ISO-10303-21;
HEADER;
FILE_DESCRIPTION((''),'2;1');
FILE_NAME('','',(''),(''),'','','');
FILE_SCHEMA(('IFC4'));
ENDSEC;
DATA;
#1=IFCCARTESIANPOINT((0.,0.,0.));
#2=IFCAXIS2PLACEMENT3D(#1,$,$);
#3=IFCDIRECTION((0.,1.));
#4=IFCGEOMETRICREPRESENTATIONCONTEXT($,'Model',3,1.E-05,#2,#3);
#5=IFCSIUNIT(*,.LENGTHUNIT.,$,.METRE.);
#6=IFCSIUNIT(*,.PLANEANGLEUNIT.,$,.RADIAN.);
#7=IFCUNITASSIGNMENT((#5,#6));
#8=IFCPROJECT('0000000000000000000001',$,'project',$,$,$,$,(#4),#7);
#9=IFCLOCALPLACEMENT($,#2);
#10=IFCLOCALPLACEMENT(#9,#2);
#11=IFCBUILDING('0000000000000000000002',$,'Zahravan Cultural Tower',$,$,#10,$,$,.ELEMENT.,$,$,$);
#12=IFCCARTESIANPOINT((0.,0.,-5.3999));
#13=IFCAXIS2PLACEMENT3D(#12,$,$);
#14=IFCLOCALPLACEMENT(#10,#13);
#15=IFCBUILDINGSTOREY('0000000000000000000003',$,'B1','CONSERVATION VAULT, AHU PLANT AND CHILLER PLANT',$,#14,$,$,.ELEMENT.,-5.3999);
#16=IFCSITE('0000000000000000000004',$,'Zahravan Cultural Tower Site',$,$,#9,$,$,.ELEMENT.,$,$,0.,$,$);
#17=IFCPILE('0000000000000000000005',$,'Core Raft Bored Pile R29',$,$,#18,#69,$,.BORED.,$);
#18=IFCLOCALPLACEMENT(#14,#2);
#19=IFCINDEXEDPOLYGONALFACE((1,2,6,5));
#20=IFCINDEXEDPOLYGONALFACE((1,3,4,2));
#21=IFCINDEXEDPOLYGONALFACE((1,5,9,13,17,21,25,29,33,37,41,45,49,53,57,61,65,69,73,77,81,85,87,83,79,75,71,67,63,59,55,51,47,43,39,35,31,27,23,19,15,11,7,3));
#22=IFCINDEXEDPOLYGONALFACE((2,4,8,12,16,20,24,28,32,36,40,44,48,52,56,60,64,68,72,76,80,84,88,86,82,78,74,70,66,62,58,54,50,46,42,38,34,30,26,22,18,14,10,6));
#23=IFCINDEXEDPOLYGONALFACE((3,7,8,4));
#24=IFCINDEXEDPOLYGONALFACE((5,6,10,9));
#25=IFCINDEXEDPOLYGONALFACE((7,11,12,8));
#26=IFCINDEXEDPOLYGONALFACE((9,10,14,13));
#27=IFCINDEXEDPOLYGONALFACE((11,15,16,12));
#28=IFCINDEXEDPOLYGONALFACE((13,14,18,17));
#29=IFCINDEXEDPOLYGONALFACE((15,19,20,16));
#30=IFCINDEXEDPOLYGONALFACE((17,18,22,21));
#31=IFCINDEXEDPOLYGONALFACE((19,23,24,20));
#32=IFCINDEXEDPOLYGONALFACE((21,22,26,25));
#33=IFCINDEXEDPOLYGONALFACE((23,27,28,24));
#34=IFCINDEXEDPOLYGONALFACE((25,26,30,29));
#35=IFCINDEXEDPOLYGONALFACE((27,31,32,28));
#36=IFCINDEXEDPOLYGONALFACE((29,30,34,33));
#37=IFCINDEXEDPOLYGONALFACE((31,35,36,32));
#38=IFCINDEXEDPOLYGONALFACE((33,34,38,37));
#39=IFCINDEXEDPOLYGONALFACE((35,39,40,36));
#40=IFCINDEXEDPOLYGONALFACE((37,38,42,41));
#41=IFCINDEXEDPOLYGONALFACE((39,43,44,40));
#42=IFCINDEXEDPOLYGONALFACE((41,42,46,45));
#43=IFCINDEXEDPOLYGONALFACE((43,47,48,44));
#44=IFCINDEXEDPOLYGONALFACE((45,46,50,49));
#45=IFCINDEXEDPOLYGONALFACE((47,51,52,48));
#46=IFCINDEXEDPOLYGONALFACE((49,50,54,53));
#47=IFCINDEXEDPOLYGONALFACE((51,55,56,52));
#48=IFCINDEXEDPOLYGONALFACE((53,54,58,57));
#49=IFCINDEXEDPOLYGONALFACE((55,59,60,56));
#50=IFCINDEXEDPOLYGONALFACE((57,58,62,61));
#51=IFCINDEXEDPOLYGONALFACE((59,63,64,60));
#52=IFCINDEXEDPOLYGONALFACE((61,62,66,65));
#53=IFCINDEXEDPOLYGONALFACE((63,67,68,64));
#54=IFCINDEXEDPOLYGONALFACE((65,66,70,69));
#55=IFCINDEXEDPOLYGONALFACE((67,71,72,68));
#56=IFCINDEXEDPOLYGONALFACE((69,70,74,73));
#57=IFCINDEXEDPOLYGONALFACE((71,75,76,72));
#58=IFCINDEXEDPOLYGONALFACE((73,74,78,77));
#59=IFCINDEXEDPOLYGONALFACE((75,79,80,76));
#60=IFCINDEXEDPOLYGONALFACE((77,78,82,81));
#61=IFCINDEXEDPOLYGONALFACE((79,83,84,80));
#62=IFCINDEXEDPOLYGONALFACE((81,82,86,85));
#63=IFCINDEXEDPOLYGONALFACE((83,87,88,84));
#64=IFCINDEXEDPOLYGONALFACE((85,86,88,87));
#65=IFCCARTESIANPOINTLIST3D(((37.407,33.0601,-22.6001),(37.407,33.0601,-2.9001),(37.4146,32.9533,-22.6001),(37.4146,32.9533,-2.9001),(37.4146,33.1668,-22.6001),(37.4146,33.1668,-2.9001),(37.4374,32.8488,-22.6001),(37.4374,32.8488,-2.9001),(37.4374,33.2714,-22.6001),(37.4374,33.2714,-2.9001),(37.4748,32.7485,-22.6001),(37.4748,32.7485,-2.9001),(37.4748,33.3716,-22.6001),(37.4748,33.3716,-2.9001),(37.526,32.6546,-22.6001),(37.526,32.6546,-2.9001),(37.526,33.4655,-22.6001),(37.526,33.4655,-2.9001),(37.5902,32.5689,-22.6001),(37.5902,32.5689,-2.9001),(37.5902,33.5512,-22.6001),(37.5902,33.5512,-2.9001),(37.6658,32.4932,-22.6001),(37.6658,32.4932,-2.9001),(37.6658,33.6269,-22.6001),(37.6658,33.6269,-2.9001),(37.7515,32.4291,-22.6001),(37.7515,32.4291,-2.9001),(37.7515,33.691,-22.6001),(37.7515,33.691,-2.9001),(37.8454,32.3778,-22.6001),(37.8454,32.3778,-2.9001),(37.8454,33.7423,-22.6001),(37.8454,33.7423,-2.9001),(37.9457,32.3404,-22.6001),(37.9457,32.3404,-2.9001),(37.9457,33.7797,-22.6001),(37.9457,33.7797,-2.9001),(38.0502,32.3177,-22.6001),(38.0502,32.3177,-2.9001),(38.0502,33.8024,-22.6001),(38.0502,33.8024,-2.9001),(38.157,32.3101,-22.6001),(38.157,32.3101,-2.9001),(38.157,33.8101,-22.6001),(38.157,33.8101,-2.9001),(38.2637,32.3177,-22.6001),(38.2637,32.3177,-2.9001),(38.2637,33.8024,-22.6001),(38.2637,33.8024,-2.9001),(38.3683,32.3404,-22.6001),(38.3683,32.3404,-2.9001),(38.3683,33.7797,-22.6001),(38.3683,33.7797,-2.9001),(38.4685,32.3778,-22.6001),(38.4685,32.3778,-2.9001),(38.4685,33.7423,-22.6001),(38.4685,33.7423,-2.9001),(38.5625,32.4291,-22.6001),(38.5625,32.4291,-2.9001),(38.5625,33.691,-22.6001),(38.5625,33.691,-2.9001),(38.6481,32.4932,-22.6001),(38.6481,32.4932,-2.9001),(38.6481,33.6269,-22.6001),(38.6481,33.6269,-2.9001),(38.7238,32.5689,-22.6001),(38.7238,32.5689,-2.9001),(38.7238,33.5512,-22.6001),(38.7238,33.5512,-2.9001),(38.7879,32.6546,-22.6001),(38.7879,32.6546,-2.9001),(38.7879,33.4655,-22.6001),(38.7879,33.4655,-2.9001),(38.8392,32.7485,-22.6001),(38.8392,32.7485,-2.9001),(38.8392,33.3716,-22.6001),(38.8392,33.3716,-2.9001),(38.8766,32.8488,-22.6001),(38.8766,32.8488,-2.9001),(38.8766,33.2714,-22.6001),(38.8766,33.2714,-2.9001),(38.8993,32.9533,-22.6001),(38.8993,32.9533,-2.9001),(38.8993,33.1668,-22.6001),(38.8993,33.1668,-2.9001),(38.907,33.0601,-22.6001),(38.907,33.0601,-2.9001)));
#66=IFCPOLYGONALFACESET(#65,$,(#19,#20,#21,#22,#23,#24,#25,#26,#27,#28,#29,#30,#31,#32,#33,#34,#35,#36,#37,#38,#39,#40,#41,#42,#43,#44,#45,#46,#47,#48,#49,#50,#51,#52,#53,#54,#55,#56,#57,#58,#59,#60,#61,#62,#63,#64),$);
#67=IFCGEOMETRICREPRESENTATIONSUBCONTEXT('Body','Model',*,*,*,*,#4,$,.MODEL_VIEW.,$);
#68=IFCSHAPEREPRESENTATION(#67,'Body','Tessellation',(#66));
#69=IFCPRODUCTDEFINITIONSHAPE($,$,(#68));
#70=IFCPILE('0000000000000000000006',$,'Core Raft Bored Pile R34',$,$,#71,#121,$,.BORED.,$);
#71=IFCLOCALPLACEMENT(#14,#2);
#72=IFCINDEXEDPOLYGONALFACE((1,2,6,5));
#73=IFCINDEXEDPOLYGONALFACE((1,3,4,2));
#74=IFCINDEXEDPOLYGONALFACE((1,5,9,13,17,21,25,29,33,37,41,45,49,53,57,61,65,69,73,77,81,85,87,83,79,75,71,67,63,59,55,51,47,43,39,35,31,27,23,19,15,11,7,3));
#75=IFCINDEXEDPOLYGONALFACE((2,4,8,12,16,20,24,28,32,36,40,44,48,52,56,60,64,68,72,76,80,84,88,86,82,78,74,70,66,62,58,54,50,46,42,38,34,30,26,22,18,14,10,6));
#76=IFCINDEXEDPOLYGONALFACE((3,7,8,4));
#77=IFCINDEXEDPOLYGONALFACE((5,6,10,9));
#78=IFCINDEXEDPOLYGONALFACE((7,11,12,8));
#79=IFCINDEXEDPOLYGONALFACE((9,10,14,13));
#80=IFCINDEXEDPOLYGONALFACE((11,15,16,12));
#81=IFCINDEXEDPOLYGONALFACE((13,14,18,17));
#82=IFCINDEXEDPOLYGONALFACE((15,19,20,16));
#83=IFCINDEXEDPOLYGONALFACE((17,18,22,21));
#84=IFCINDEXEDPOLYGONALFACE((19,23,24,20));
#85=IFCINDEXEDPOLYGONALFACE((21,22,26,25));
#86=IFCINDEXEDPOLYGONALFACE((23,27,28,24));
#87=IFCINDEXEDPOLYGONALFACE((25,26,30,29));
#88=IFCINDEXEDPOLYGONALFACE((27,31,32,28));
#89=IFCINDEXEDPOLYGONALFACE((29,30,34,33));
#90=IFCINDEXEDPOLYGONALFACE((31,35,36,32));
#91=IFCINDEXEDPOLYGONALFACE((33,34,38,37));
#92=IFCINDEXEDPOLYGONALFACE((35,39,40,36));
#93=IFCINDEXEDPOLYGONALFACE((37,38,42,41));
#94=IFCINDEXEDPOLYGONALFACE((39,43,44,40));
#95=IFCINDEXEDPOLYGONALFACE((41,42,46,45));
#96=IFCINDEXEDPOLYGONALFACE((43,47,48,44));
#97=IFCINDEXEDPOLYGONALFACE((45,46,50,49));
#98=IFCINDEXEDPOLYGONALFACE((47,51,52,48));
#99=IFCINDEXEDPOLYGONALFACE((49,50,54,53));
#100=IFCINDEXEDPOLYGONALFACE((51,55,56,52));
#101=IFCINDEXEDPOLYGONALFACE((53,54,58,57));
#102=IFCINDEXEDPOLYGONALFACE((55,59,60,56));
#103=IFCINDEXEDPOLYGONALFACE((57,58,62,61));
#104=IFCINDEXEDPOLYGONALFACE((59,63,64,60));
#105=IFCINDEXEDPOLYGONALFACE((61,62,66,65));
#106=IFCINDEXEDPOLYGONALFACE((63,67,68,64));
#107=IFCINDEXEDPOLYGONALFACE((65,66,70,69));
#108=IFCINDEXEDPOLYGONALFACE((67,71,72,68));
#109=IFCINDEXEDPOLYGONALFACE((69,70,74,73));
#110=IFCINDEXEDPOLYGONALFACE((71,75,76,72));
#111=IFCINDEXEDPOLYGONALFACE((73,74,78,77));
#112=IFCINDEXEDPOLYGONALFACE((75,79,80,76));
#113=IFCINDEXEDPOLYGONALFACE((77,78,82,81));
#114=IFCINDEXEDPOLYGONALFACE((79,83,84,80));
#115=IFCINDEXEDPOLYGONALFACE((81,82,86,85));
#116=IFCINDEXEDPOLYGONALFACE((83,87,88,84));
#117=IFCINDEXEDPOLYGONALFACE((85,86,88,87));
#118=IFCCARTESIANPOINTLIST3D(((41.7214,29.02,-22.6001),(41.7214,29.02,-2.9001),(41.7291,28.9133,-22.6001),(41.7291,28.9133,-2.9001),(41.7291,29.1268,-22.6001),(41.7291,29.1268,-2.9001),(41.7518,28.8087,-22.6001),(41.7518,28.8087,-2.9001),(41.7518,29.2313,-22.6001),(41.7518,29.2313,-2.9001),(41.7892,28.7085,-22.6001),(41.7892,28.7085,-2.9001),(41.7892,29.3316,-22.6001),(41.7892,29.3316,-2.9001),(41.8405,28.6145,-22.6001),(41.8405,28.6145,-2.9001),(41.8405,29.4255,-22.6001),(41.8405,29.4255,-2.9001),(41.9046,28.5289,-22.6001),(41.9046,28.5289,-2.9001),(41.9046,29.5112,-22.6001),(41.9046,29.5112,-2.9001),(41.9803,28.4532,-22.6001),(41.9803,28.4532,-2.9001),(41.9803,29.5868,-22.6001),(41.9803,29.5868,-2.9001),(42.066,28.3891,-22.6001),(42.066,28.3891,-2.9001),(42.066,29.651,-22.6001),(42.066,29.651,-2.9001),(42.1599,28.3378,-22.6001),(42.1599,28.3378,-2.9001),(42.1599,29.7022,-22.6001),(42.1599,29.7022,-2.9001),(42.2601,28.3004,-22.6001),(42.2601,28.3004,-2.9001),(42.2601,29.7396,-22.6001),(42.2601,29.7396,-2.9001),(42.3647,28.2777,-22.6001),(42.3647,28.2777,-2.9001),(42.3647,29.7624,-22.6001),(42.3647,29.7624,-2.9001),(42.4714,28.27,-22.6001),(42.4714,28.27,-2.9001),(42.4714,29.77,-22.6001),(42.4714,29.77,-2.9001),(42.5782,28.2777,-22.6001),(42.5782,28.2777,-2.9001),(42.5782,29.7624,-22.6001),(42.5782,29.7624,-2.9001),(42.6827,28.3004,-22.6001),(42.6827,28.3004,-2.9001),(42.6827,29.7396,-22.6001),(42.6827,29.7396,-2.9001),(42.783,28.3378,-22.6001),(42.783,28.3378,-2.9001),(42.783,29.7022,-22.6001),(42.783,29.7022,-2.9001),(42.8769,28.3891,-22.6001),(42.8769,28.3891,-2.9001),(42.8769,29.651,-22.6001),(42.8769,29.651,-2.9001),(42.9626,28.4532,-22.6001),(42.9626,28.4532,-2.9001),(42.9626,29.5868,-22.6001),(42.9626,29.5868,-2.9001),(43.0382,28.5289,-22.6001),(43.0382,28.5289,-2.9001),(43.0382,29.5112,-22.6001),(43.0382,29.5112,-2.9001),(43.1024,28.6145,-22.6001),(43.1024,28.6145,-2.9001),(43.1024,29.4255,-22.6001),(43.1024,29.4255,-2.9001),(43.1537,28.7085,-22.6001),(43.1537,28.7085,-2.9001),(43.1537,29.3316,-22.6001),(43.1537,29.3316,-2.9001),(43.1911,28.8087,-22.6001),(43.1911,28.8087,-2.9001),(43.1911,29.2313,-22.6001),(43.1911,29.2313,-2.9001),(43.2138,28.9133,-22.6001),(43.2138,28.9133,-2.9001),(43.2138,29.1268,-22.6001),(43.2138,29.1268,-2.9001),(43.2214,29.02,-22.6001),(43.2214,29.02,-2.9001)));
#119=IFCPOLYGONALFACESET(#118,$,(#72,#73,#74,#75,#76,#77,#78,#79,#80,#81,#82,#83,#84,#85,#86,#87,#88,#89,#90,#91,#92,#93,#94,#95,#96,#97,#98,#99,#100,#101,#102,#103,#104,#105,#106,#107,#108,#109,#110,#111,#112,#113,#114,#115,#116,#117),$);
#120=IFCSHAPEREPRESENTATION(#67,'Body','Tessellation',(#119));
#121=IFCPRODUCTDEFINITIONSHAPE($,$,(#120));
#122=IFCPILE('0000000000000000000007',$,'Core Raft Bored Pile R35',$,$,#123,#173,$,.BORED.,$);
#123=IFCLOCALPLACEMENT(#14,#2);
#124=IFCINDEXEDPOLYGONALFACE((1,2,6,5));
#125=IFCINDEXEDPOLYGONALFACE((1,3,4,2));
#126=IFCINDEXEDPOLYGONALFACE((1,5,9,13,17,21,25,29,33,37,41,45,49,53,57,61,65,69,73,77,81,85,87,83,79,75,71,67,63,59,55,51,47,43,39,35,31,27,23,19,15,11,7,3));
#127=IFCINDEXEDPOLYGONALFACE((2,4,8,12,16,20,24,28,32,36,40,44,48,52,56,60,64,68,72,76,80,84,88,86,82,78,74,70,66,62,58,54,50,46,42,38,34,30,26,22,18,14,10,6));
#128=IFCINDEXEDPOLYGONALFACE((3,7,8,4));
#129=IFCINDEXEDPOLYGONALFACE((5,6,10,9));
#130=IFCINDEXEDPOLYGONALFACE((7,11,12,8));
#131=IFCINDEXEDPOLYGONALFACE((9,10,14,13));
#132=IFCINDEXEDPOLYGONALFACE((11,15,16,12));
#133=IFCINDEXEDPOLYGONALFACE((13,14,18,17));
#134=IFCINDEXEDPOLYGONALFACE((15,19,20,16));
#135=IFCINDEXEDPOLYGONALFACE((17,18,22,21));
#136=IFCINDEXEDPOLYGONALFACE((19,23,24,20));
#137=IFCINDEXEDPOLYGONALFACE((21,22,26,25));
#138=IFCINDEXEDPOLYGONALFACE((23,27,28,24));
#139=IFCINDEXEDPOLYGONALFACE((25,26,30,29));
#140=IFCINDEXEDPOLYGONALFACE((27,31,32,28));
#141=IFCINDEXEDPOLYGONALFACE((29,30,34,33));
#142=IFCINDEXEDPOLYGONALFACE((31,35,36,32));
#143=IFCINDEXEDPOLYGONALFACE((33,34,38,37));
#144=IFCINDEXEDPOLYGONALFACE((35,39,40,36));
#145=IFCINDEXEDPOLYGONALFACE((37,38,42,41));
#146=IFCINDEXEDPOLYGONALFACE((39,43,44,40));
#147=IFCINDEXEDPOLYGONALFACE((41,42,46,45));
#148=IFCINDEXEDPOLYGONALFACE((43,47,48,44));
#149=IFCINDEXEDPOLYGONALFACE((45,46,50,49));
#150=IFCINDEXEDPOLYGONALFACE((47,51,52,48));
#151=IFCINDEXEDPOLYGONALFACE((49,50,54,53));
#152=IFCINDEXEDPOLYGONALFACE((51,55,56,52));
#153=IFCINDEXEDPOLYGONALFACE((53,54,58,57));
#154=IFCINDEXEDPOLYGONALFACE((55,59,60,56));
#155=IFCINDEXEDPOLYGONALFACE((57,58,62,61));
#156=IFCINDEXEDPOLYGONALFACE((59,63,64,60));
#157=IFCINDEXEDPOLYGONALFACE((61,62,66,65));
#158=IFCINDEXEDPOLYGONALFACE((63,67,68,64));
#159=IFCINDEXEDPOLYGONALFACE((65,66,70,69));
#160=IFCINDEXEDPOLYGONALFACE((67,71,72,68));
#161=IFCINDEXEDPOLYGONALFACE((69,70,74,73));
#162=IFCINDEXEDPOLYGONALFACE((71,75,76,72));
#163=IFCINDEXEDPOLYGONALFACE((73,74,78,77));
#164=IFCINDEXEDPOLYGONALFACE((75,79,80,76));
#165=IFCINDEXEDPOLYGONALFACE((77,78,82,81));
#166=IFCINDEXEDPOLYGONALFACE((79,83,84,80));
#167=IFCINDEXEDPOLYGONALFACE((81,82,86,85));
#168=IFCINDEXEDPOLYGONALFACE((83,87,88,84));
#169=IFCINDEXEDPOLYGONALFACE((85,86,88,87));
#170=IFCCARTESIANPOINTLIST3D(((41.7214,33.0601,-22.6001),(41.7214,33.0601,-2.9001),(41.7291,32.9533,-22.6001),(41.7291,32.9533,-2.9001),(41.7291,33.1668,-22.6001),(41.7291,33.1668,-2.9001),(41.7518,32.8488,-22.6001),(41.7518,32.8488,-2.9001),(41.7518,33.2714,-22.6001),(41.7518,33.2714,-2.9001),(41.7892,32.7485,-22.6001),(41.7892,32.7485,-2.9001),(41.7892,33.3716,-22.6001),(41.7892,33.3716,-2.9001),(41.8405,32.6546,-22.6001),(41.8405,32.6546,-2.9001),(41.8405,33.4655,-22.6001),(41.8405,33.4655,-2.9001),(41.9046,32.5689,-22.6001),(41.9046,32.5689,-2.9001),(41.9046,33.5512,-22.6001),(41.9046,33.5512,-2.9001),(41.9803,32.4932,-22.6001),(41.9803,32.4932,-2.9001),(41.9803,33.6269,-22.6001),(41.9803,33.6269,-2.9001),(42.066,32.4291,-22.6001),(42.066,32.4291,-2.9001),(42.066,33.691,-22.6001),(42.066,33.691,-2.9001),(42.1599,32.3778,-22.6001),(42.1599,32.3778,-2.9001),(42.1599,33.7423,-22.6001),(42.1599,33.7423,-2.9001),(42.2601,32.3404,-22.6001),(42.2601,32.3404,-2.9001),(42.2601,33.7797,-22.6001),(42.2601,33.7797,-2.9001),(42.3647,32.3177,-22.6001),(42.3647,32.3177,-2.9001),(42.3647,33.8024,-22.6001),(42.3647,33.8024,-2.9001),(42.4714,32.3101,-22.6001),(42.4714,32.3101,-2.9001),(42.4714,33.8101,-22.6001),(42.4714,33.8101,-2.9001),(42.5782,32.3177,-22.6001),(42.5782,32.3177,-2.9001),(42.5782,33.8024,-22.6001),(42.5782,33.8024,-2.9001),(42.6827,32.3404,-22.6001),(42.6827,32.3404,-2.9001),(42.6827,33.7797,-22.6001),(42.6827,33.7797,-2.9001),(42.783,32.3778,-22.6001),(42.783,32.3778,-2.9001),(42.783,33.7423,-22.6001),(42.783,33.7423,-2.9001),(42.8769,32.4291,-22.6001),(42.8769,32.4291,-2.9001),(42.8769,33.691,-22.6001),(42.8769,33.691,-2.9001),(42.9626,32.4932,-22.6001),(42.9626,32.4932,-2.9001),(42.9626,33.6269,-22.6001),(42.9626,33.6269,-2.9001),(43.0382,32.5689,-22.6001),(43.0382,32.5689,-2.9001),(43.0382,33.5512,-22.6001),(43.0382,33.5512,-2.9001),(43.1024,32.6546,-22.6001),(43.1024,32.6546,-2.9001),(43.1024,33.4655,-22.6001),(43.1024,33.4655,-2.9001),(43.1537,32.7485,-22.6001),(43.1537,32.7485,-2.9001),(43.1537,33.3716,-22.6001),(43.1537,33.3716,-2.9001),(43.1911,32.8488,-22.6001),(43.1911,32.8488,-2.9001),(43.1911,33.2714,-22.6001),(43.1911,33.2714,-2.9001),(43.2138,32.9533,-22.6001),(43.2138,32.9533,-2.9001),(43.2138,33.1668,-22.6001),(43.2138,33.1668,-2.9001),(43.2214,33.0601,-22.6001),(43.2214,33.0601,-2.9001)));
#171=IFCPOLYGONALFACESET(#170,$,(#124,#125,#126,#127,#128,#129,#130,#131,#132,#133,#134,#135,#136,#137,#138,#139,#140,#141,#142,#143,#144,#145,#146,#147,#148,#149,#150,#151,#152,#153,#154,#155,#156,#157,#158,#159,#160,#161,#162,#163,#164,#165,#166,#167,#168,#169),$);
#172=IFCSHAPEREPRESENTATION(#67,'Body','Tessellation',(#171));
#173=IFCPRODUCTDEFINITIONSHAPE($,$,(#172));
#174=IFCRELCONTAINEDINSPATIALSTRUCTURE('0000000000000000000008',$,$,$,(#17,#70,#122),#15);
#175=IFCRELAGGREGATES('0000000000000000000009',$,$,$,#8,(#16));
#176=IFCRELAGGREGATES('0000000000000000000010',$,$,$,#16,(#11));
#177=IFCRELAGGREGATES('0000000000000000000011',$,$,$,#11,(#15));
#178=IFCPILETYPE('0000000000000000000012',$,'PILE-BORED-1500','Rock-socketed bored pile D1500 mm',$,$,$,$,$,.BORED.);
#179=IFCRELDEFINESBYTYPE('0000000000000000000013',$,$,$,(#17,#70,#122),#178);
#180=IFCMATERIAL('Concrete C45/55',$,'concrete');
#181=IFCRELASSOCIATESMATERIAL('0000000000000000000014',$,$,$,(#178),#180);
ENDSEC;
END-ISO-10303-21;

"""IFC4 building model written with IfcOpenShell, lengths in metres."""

from ifc_helpers import new_model, si_unit, direction, frame, origin, origin_2d, place, context, subcontext, project, spatial, circle, extrude, material, material_profile, profile_set, type_object, element, save


model = new_model("IFC4")

# Units and contexts
model_context = context("Model", 3, precision=1e-05, world=origin(), true_north=direction((0.0, 1.0)))
body_context = subcontext(model_context, "Body", "Model", "MODEL_VIEW")
ifc_project = project(units=[si_unit("LENGTHUNIT", "METRE"), si_unit("PLANEANGLEUNIT", "RADIAN")], contexts=[model_context])

# Site, building, storey
site_placement = place(None, origin())
site = spatial("IfcSite", under=ifc_project, at=site_placement, Name="Zahravan Cultural Tower Site", CompositionType="ELEMENT", RefElevation=0.0)
building_placement = place(site_placement, origin())
building = spatial("IfcBuilding", under=site, at=building_placement, Name="Zahravan Cultural Tower", CompositionType="ELEMENT")
storey_placement = place(building_placement, frame((0.0, 0.0, -5.3999)))
storey = spatial("IfcBuildingStorey", under=building, at=storey_placement, Name="B1", Description="CONSERVATION VAULT, AHU PLANT AND CHILLER PLANT", CompositionType="ELEMENT", Elevation=-5.3999)

# Piles
ifc_material_1 = material(Name="Concrete C45/55", Category="concrete")
ifc_material_profile = material_profile(ifc_material_1, circle(Radius=0.75, at=origin_2d()), Name="PILE-D1500")
ifc_profile_set = profile_set([ifc_material_profile], Name="Concrete C45/55")
pile_type = type_object("IfcPileType", Name="PILE-BORED-1500", Description="Rock-socketed bored pile D1500 mm", PredefinedType="BORED", material=ifc_profile_set)
for number, where, z_axis, x_axis, name in (
    (1, (38.157, 33.0601, -2.9001), (0.0, 0.0, -1.0), (1.0, 0.0, 0.0), "Core Raft Bored Pile R29"),
    (2, (42.4714, 29.02, -2.9001), (0.0, 0.0, -1.0), (1.0, 0.0, 0.0), "Core Raft Bored Pile R34"),
    (3, (42.4714, 33.0601, -2.9001), (0.0, 0.0, -1.0), (1.0, 0.0, 0.0), "Core Raft Bored Pile R35"),
):
    element("IfcPile", number, at=place(storey_placement, frame(where, z_axis=z_axis, x_axis=x_axis)), inside=storey, type_object=pile_type, Name=name, PredefinedType="BORED", context=body_context, shape_type="SweptSolid", body=[
        extrude(circle(Radius=0.75, at=origin_2d()), origin(), (0.0, 0.0, 1.0), 19.7),
    ])

save(model, "model.ifc")
